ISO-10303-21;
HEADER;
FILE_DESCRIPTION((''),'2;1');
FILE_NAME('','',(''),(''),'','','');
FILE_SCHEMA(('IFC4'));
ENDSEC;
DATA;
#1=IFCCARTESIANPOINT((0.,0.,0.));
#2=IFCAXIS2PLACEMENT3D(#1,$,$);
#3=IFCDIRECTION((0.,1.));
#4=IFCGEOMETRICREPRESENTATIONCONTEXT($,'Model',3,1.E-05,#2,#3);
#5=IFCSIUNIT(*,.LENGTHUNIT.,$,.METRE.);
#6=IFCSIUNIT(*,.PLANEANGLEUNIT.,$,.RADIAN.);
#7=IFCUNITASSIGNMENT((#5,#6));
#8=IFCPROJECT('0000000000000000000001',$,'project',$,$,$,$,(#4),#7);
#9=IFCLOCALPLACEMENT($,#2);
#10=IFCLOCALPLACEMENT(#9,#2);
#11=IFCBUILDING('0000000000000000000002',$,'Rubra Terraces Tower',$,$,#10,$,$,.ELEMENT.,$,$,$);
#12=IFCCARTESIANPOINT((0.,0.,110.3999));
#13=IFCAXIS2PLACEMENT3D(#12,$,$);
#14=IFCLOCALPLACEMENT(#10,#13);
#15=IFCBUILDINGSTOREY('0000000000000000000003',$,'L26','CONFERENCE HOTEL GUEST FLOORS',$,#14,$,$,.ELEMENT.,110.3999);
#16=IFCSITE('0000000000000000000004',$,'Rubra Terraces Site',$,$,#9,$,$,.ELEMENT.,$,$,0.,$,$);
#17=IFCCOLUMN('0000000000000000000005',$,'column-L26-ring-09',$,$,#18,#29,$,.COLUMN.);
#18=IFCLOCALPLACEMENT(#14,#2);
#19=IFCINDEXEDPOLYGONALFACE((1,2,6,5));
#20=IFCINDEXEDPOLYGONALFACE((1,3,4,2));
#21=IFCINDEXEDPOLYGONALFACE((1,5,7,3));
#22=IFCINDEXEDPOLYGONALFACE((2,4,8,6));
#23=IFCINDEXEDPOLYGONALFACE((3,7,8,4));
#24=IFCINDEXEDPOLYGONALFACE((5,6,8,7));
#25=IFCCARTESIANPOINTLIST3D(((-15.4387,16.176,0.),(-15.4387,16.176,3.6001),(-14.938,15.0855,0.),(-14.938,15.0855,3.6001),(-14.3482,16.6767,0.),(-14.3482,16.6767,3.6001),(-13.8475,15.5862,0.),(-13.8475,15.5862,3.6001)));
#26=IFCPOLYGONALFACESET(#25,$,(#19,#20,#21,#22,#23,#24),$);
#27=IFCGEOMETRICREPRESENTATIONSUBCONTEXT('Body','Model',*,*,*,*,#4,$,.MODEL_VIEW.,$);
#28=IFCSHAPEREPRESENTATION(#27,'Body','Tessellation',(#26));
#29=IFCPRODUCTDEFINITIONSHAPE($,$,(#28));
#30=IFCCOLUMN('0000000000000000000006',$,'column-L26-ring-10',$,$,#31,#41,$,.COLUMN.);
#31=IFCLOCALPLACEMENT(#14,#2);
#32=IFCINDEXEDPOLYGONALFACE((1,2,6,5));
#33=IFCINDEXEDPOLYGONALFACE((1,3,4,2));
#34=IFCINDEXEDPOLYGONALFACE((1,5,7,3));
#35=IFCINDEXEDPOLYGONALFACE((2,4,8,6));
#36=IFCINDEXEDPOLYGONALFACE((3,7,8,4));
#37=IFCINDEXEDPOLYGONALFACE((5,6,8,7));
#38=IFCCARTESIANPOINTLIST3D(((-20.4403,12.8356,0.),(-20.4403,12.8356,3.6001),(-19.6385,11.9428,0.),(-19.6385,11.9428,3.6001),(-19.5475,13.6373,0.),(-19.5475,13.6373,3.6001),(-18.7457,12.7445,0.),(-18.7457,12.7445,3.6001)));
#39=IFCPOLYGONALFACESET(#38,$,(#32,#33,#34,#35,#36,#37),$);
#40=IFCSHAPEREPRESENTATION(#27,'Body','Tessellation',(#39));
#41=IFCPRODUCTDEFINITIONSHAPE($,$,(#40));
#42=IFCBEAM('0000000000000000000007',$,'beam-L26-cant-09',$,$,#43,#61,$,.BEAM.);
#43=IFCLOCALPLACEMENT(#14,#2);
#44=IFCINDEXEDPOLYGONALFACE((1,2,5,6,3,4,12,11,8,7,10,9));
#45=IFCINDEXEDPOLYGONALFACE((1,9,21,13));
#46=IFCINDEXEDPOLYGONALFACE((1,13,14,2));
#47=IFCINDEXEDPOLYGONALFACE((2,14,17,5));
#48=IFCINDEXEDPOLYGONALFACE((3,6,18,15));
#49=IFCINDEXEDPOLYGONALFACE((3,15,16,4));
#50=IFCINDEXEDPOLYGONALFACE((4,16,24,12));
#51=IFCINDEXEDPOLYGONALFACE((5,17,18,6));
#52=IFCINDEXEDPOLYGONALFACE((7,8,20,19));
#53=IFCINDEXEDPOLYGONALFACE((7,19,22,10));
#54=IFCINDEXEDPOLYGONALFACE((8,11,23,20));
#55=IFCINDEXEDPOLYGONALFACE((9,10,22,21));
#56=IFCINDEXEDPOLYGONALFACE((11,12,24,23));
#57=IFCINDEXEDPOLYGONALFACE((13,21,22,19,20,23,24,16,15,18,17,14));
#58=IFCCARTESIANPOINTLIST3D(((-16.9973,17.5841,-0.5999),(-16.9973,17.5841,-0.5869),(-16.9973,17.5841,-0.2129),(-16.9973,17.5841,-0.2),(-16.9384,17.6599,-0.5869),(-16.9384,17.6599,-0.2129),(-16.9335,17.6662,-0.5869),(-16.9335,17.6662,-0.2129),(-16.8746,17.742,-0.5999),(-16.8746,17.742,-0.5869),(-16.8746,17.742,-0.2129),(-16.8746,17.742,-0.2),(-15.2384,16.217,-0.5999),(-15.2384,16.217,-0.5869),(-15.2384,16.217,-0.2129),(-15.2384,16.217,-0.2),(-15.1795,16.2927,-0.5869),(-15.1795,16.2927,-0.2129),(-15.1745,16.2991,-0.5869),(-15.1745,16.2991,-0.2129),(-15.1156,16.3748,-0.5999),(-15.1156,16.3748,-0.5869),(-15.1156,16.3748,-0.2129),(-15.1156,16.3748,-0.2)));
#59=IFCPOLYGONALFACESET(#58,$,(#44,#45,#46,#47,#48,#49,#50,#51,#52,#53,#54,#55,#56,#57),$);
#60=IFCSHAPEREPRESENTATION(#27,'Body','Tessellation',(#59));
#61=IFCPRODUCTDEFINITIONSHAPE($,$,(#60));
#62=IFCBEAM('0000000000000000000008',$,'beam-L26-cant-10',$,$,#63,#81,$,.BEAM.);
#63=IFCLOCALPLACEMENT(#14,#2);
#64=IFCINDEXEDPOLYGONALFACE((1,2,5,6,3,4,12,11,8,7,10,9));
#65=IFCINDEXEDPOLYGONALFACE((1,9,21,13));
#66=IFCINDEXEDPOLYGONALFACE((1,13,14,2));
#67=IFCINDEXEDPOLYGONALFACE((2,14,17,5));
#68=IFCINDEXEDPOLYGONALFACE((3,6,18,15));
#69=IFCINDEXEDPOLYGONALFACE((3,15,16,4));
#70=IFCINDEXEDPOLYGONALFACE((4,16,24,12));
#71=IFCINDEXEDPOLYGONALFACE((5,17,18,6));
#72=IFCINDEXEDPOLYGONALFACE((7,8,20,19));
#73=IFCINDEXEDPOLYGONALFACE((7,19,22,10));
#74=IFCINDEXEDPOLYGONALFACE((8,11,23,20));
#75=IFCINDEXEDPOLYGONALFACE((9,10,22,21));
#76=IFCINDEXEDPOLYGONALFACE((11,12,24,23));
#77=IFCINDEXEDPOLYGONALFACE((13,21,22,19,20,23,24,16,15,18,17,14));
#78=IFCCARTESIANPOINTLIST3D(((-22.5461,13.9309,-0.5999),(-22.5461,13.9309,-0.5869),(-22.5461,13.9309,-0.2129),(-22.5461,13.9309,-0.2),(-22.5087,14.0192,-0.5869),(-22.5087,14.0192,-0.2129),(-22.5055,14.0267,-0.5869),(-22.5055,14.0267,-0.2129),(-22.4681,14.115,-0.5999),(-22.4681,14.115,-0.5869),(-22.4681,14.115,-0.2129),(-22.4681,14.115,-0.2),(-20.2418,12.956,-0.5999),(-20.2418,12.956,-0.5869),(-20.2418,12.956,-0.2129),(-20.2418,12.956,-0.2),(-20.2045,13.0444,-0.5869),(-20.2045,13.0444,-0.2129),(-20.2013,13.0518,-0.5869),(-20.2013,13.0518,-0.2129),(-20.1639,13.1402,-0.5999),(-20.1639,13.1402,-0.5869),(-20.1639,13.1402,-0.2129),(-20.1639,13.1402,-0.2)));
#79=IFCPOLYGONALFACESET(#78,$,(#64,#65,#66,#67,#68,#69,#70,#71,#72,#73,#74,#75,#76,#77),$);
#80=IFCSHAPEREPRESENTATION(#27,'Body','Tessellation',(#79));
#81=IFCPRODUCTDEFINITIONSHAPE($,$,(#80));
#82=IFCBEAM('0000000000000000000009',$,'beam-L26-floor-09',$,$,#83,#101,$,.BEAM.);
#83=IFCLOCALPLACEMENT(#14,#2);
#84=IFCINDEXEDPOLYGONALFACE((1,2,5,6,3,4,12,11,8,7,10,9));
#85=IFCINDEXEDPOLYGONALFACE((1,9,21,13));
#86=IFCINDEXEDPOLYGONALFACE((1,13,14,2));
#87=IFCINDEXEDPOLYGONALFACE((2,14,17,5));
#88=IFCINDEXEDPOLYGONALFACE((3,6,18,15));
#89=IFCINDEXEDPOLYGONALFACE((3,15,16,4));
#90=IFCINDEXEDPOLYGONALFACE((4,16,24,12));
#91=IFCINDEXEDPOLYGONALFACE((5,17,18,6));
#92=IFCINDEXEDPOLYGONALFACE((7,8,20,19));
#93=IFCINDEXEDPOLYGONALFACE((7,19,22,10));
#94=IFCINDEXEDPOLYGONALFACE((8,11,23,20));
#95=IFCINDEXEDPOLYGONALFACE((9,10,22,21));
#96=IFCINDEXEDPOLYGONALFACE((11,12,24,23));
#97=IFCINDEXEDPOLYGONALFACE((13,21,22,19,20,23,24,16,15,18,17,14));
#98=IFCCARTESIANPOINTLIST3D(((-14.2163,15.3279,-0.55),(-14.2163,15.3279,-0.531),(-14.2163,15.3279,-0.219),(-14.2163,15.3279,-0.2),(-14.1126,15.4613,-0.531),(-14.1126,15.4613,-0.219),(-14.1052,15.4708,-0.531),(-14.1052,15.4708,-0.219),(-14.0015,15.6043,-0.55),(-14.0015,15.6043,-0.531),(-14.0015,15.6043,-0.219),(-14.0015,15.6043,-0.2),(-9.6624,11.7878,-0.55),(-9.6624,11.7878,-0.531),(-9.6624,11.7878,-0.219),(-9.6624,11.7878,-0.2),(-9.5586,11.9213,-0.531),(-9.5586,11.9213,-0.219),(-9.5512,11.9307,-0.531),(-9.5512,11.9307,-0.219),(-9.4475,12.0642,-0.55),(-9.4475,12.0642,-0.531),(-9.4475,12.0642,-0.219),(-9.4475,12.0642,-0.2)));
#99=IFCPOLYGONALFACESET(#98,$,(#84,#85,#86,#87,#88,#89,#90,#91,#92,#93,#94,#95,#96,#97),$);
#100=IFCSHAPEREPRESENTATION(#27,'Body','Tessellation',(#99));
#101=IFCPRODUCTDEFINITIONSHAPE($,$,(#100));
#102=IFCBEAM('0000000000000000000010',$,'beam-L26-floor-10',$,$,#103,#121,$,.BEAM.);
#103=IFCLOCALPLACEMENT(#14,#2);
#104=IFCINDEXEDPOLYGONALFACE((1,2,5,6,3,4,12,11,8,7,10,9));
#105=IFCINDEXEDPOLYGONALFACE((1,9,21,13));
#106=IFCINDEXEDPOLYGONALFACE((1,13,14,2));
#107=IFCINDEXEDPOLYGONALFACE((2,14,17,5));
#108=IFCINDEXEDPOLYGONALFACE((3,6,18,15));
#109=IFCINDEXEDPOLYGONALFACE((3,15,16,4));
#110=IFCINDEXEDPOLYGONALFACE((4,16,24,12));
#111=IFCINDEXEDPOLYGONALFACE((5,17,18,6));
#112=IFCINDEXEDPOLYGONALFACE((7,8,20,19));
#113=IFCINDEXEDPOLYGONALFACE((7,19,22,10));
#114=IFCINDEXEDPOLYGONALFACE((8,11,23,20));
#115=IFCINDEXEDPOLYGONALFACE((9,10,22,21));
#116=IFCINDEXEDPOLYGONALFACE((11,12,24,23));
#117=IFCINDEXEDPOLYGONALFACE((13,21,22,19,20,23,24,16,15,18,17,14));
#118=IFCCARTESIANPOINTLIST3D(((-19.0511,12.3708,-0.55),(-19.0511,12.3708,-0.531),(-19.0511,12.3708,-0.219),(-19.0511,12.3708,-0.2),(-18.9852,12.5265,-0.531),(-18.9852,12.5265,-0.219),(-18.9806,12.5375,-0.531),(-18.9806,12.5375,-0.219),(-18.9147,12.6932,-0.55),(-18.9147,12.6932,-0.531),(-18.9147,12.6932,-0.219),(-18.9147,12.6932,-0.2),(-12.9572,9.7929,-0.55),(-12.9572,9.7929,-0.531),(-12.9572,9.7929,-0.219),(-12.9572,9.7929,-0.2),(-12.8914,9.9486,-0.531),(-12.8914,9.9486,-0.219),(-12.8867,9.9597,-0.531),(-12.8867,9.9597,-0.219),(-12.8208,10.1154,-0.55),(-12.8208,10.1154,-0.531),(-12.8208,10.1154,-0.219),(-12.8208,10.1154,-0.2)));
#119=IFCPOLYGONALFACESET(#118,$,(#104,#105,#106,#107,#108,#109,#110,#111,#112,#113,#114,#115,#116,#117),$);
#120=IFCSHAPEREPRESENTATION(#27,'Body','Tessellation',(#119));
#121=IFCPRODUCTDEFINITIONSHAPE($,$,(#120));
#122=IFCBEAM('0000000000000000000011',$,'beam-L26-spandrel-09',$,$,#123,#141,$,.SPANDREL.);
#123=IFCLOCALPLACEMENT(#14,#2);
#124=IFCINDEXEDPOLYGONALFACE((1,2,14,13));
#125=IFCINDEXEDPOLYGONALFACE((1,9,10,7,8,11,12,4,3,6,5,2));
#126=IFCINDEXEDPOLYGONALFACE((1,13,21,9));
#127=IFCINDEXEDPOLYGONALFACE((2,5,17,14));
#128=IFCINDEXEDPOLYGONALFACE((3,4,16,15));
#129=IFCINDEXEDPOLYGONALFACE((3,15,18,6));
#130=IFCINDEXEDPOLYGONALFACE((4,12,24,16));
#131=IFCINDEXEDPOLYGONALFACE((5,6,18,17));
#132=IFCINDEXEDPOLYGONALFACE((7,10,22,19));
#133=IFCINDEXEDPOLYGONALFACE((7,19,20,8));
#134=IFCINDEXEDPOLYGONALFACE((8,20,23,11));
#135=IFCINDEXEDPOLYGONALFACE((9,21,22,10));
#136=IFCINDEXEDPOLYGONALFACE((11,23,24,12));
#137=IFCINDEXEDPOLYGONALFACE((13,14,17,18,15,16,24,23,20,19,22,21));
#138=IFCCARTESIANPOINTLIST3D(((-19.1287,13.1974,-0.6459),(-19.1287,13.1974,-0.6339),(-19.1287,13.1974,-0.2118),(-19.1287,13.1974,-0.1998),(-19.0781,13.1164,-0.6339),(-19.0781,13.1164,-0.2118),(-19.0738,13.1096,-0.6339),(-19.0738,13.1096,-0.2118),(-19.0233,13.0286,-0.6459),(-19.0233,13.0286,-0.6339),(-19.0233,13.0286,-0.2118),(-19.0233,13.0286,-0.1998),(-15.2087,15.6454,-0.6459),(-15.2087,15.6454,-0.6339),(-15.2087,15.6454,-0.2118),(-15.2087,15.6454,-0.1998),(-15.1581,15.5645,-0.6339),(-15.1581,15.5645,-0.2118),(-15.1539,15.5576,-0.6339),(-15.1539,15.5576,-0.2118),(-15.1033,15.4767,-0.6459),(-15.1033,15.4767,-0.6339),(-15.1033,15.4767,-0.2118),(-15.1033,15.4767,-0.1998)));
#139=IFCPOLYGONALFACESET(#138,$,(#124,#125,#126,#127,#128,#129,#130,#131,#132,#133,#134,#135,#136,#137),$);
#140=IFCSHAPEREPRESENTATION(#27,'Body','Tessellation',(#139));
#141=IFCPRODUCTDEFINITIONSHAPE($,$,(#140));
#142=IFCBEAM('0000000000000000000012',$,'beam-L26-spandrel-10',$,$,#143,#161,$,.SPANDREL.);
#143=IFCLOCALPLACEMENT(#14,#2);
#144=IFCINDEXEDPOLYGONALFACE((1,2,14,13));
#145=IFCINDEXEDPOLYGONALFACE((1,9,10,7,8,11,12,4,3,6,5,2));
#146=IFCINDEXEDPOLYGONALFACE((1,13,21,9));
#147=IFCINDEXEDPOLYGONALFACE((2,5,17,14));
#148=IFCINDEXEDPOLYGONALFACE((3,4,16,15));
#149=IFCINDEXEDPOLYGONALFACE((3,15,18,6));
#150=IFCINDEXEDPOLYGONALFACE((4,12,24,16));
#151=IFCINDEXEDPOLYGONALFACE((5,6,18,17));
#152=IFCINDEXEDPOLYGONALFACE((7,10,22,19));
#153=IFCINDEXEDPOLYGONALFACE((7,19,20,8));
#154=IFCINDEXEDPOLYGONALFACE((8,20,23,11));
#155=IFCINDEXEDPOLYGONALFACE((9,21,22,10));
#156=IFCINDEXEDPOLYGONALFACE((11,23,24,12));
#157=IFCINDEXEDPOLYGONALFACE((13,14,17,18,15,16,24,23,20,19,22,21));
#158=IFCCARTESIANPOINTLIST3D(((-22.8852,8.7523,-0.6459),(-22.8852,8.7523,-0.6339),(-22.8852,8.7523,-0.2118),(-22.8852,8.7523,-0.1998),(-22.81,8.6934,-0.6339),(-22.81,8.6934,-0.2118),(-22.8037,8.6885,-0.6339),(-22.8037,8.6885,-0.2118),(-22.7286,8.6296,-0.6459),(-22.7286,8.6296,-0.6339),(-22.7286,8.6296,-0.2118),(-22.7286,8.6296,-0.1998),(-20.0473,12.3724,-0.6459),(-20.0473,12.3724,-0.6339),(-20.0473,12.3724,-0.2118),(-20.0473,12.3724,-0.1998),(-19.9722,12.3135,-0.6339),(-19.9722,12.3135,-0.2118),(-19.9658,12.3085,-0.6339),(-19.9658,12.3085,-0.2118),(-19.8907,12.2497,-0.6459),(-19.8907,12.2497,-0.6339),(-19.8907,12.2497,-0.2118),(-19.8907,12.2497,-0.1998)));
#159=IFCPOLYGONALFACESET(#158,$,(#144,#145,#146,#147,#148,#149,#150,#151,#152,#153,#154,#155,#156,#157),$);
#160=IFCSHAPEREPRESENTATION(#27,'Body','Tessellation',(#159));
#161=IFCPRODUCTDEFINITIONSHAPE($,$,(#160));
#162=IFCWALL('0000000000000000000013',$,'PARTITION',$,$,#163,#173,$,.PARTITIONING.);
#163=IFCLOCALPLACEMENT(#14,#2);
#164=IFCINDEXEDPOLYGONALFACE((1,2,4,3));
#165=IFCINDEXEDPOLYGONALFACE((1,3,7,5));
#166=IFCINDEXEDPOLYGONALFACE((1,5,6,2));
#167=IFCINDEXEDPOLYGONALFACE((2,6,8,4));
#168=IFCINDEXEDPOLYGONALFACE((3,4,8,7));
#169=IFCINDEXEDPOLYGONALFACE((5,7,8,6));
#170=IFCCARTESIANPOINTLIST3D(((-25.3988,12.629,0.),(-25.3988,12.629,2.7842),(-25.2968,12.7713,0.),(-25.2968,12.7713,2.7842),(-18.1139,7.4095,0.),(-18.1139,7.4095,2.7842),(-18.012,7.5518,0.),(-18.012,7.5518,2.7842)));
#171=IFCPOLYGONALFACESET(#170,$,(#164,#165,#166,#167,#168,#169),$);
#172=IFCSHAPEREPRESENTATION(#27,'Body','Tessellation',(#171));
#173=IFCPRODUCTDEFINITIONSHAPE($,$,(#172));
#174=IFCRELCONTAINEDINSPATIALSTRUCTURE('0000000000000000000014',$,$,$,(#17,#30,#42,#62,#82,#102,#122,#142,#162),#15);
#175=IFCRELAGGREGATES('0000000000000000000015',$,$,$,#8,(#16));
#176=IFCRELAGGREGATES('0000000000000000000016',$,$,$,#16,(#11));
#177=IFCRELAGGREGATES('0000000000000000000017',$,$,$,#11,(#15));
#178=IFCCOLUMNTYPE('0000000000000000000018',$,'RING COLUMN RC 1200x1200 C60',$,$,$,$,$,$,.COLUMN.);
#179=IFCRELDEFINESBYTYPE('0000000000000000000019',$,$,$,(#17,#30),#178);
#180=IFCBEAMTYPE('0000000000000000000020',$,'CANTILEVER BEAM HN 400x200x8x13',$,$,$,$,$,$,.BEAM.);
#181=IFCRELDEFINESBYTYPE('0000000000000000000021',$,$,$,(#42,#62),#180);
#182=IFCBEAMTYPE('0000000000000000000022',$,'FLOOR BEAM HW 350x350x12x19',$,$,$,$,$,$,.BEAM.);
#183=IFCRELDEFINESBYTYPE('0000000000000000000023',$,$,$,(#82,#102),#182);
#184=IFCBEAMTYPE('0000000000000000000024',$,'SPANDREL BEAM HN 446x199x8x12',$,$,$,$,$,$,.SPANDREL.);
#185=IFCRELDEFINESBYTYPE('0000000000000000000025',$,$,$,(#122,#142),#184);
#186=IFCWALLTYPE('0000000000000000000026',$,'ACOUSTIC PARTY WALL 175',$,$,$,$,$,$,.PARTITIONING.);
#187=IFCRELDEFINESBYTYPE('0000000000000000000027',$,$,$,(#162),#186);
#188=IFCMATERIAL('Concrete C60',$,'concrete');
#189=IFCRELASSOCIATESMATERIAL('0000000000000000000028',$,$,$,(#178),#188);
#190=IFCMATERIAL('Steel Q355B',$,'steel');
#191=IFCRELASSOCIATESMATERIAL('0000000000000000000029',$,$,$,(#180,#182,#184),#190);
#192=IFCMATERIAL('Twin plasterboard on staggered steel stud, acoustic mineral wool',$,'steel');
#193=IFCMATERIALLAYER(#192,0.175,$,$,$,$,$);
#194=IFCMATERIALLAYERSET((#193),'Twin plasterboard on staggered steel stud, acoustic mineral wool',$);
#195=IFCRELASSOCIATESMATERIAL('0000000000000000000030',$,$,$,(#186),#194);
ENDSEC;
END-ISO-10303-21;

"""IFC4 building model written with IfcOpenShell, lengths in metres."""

from ifc_helpers import new_model, si_unit, direction, frame, frame_2d, origin, origin_2d, place, context, subcontext, project, spatial, rectangle, i_section, extrude, material, layer, layer_set, material_profile, profile_set, type_object, element, save


model = new_model("IFC4")

# Units and contexts
model_context = context("Model", 3, precision=1e-05, world=origin(), true_north=direction((0.0, 1.0)))
body_context = subcontext(model_context, "Body", "Model", "MODEL_VIEW")
ifc_project = project(units=[si_unit("LENGTHUNIT", "METRE"), si_unit("PLANEANGLEUNIT", "RADIAN")], contexts=[model_context])

# Site, building, storey
site_placement = place(None, origin())
site = spatial("IfcSite", under=ifc_project, at=site_placement, Name="Rubra Terraces Site", CompositionType="ELEMENT", RefElevation=0.0)
building_placement = place(site_placement, origin())
building = spatial("IfcBuilding", under=site, at=building_placement, Name="Rubra Terraces Tower", CompositionType="ELEMENT")
storey_placement = place(building_placement, frame((0.0, 0.0, 110.3999)))
storey = spatial("IfcBuildingStorey", under=building, at=storey_placement, Name="L26", Description="CONFERENCE HOTEL GUEST FLOORS", CompositionType="ELEMENT", Elevation=110.3999)

# Columns
ifc_material_1 = material(Name="Concrete C60", Category="concrete")
ifc_material_profile_1 = material_profile(ifc_material_1, rectangle(XDim=1.2, YDim=1.2, at=origin_2d()), Name="RC 1200x1200")
ifc_profile_set_1 = profile_set([ifc_material_profile_1], Name="Concrete C60")
column_type = type_object("IfcColumnType", Name="RING COLUMN RC 1200x1200 C60", PredefinedType="COLUMN", material=ifc_profile_set_1)
for number, where, z_axis, x_axis, name in (
    (1, (-14.6431, 15.8811, 0.0), (0.0, 0.0, 1.0), (-0.908779, -0.417279, 0.0), "column-L26-ring-09"),
    (2, (-19.593, 12.79, 0.0), (0.0, 0.0, 1.0), (-0.744021, -0.668156, 0.0), "column-L26-ring-10"),
):
    element("IfcColumn", number, at=place(storey_placement, frame(where, z_axis=z_axis, x_axis=x_axis)), inside=storey, type_object=column_type, Name=name, PredefinedType="COLUMN", context=body_context, shape_type="SweptSolid", body=[
        extrude(rectangle(XDim=1.2, YDim=1.2, at=origin_2d()), origin(), (0.0, 0.0, 1.0), 3.6001),
    ])

# Beams
ifc_material_2 = material(Name="Steel Q355B", Category="steel")
ifc_material_profile_2 = material_profile(ifc_material_2, i_section(OverallWidth=0.2, OverallDepth=0.3999, WebThickness=0.0081, FlangeThickness=0.0129, at=origin_2d()), Name="HN 400x200x8x13")
ifc_profile_set_2 = profile_set([ifc_material_profile_2], Name="Steel Q355B")
beam_type_1 = type_object("IfcBeamType", Name="CANTILEVER BEAM HN 400x200x8x13", PredefinedType="BEAM", material=ifc_profile_set_2)
beam_1_placement = place(storey_placement, frame((-15.177, 16.2959, -0.3999), z_axis=(-0.789559, 0.613675, 0.0), x_axis=(-0.613675, -0.789559, 0.0)))
element("IfcBeam", 3, at=beam_1_placement, inside=storey, type_object=beam_type_1, Name="beam-L26-cant-09", PredefinedType="BEAM", context=body_context, shape_type="SweptSolid", body=[
    extrude(i_section(OverallWidth=0.2, OverallDepth=0.3999, WebThickness=0.0081, FlangeThickness=0.0129, at=origin_2d()), origin(), (0.0, 0.0, 1.0), 2.2278),
])
beam_2_placement = place(storey_placement, frame((-20.2029, 13.0481, -0.3999), z_axis=(-0.920967, 0.38964, 0.0), x_axis=(-0.38964, -0.920967, 0.0)))
element("IfcBeam", 4, at=beam_2_placement, inside=storey, type_object=beam_type_1, Name="beam-L26-cant-10", PredefinedType="BEAM", context=body_context, shape_type="SweptSolid", body=[
    extrude(i_section(OverallWidth=0.2, OverallDepth=0.3999, WebThickness=0.0081, FlangeThickness=0.0129, at=origin_2d()), origin(), (0.0, 0.0, 1.0), 2.502),
])
ifc_material_profile_3 = material_profile(ifc_material_2, i_section(OverallWidth=0.3501, OverallDepth=0.3501, WebThickness=0.012, FlangeThickness=0.019, at=origin_2d()), Name="HW 350x350x12x19")
ifc_profile_set_3 = profile_set([ifc_material_profile_3], Name="Steel Q355B")
beam_type_2 = type_object("IfcBeamType", Name="FLOOR BEAM HW 350x350x12x19", PredefinedType="BEAM", material=ifc_profile_set_3)
beam_3_placement = place(storey_placement, frame((-14.1089, 15.4661, -0.375), z_axis=(0.789514, -0.613733, 0.0), x_axis=(0.613733, 0.789514, 0.0)))
element("IfcBeam", 5, at=beam_3_placement, inside=storey, type_object=beam_type_2, Name="beam-L26-floor-09", PredefinedType="BEAM", context=body_context, shape_type="SweptSolid", body=[
    extrude(i_section(OverallWidth=0.3501, OverallDepth=0.3501, WebThickness=0.012, FlangeThickness=0.019, at=origin_2d()), origin(), (0.0, 0.0, 1.0), 5.7681),
])
beam_4_placement = place(storey_placement, frame((-18.9829, 12.532, -0.375), z_axis=(0.920986, -0.389595, 0.0), x_axis=(0.389595, 0.920986, 0.0)))
element("IfcBeam", 6, at=beam_4_placement, inside=storey, type_object=beam_type_2, Name="beam-L26-floor-10", PredefinedType="BEAM", context=body_context, shape_type="SweptSolid", body=[
    extrude(i_section(OverallWidth=0.3501, OverallDepth=0.3501, WebThickness=0.012, FlangeThickness=0.019, at=origin_2d()), origin(), (0.0, 0.0, 1.0), 6.6167),
])
ifc_material_profile_4 = material_profile(ifc_material_2, i_section(OverallWidth=0.199, OverallDepth=0.446, WebThickness=0.0081, FlangeThickness=0.012, at=origin_2d()), Name="HN 446x199x8x12")
ifc_profile_set_4 = profile_set([ifc_material_profile_4], Name="Steel Q355B")
beam_type_3 = type_object("IfcBeamType", Name="SPANDREL BEAM HN 446x199x8x12", PredefinedType="SPANDREL", material=ifc_profile_set_4)
beam_5_placement = place(storey_placement, frame((-15.156, 15.561, -0.4229), z_axis=(-0.848188, -0.529695, 0.0), x_axis=(0.529695, -0.848188, 0.0)))
element("IfcBeam", 7, at=beam_5_placement, inside=storey, type_object=beam_type_3, Name="beam-L26-spandrel-09", PredefinedType="SPANDREL", context=body_context, shape_type="SweptSolid", body=[
    extrude(i_section(OverallWidth=0.199, OverallDepth=0.446, WebThickness=0.0081, FlangeThickness=0.012, at=origin_2d()), origin(), (0.0, 0.0, 1.0), 4.6216),
])
beam_6_placement = place(storey_placement, frame((-19.969, 12.311, -0.4229), z_axis=(-0.616949, -0.787003, 0.0), x_axis=(0.787003, -0.616949, 0.0)))
element("IfcBeam", 8, at=beam_6_placement, inside=storey, type_object=beam_type_3, Name="beam-L26-spandrel-10", PredefinedType="SPANDREL", context=body_context, shape_type="SweptSolid", body=[
    extrude(i_section(OverallWidth=0.199, OverallDepth=0.446, WebThickness=0.0081, FlangeThickness=0.012, at=origin_2d()), origin(), (0.0, 0.0, 1.0), 4.5999),
])

# Wall
ifc_material_3 = material(Name="Twin plasterboard on staggered steel stud, acoustic mineral wool", Category="steel")
ifc_layer_1 = layer(ifc_material_3, 0.175)
ifc_layer_set_1 = layer_set([ifc_layer_1], Name="Twin plasterboard on staggered steel stud, acoustic mineral wool")
wall_type_1 = type_object("IfcWallType", Name="ACOUSTIC PARTY WALL 175", PredefinedType="PARTITIONING", material=ifc_layer_set_1)
wall_1_placement = place(storey_placement, frame((-25.3479, 12.7002, 0.0), z_axis=(0.0, 0.0, 1.0), x_axis=(0.81289, -0.582418, 0.0)))
element("IfcWall", 9, at=wall_1_placement, inside=storey, type_object=wall_type_1, Name="PARTITION", PredefinedType="PARTITIONING", context=body_context, shape_type="SweptSolid", body=[
    extrude(rectangle(XDim=8.9617, YDim=0.175, at=frame_2d((4.481, 0.0))), origin(), (0.0, 0.0, 1.0), 2.7842),
])

save(model, "model.ifc")
